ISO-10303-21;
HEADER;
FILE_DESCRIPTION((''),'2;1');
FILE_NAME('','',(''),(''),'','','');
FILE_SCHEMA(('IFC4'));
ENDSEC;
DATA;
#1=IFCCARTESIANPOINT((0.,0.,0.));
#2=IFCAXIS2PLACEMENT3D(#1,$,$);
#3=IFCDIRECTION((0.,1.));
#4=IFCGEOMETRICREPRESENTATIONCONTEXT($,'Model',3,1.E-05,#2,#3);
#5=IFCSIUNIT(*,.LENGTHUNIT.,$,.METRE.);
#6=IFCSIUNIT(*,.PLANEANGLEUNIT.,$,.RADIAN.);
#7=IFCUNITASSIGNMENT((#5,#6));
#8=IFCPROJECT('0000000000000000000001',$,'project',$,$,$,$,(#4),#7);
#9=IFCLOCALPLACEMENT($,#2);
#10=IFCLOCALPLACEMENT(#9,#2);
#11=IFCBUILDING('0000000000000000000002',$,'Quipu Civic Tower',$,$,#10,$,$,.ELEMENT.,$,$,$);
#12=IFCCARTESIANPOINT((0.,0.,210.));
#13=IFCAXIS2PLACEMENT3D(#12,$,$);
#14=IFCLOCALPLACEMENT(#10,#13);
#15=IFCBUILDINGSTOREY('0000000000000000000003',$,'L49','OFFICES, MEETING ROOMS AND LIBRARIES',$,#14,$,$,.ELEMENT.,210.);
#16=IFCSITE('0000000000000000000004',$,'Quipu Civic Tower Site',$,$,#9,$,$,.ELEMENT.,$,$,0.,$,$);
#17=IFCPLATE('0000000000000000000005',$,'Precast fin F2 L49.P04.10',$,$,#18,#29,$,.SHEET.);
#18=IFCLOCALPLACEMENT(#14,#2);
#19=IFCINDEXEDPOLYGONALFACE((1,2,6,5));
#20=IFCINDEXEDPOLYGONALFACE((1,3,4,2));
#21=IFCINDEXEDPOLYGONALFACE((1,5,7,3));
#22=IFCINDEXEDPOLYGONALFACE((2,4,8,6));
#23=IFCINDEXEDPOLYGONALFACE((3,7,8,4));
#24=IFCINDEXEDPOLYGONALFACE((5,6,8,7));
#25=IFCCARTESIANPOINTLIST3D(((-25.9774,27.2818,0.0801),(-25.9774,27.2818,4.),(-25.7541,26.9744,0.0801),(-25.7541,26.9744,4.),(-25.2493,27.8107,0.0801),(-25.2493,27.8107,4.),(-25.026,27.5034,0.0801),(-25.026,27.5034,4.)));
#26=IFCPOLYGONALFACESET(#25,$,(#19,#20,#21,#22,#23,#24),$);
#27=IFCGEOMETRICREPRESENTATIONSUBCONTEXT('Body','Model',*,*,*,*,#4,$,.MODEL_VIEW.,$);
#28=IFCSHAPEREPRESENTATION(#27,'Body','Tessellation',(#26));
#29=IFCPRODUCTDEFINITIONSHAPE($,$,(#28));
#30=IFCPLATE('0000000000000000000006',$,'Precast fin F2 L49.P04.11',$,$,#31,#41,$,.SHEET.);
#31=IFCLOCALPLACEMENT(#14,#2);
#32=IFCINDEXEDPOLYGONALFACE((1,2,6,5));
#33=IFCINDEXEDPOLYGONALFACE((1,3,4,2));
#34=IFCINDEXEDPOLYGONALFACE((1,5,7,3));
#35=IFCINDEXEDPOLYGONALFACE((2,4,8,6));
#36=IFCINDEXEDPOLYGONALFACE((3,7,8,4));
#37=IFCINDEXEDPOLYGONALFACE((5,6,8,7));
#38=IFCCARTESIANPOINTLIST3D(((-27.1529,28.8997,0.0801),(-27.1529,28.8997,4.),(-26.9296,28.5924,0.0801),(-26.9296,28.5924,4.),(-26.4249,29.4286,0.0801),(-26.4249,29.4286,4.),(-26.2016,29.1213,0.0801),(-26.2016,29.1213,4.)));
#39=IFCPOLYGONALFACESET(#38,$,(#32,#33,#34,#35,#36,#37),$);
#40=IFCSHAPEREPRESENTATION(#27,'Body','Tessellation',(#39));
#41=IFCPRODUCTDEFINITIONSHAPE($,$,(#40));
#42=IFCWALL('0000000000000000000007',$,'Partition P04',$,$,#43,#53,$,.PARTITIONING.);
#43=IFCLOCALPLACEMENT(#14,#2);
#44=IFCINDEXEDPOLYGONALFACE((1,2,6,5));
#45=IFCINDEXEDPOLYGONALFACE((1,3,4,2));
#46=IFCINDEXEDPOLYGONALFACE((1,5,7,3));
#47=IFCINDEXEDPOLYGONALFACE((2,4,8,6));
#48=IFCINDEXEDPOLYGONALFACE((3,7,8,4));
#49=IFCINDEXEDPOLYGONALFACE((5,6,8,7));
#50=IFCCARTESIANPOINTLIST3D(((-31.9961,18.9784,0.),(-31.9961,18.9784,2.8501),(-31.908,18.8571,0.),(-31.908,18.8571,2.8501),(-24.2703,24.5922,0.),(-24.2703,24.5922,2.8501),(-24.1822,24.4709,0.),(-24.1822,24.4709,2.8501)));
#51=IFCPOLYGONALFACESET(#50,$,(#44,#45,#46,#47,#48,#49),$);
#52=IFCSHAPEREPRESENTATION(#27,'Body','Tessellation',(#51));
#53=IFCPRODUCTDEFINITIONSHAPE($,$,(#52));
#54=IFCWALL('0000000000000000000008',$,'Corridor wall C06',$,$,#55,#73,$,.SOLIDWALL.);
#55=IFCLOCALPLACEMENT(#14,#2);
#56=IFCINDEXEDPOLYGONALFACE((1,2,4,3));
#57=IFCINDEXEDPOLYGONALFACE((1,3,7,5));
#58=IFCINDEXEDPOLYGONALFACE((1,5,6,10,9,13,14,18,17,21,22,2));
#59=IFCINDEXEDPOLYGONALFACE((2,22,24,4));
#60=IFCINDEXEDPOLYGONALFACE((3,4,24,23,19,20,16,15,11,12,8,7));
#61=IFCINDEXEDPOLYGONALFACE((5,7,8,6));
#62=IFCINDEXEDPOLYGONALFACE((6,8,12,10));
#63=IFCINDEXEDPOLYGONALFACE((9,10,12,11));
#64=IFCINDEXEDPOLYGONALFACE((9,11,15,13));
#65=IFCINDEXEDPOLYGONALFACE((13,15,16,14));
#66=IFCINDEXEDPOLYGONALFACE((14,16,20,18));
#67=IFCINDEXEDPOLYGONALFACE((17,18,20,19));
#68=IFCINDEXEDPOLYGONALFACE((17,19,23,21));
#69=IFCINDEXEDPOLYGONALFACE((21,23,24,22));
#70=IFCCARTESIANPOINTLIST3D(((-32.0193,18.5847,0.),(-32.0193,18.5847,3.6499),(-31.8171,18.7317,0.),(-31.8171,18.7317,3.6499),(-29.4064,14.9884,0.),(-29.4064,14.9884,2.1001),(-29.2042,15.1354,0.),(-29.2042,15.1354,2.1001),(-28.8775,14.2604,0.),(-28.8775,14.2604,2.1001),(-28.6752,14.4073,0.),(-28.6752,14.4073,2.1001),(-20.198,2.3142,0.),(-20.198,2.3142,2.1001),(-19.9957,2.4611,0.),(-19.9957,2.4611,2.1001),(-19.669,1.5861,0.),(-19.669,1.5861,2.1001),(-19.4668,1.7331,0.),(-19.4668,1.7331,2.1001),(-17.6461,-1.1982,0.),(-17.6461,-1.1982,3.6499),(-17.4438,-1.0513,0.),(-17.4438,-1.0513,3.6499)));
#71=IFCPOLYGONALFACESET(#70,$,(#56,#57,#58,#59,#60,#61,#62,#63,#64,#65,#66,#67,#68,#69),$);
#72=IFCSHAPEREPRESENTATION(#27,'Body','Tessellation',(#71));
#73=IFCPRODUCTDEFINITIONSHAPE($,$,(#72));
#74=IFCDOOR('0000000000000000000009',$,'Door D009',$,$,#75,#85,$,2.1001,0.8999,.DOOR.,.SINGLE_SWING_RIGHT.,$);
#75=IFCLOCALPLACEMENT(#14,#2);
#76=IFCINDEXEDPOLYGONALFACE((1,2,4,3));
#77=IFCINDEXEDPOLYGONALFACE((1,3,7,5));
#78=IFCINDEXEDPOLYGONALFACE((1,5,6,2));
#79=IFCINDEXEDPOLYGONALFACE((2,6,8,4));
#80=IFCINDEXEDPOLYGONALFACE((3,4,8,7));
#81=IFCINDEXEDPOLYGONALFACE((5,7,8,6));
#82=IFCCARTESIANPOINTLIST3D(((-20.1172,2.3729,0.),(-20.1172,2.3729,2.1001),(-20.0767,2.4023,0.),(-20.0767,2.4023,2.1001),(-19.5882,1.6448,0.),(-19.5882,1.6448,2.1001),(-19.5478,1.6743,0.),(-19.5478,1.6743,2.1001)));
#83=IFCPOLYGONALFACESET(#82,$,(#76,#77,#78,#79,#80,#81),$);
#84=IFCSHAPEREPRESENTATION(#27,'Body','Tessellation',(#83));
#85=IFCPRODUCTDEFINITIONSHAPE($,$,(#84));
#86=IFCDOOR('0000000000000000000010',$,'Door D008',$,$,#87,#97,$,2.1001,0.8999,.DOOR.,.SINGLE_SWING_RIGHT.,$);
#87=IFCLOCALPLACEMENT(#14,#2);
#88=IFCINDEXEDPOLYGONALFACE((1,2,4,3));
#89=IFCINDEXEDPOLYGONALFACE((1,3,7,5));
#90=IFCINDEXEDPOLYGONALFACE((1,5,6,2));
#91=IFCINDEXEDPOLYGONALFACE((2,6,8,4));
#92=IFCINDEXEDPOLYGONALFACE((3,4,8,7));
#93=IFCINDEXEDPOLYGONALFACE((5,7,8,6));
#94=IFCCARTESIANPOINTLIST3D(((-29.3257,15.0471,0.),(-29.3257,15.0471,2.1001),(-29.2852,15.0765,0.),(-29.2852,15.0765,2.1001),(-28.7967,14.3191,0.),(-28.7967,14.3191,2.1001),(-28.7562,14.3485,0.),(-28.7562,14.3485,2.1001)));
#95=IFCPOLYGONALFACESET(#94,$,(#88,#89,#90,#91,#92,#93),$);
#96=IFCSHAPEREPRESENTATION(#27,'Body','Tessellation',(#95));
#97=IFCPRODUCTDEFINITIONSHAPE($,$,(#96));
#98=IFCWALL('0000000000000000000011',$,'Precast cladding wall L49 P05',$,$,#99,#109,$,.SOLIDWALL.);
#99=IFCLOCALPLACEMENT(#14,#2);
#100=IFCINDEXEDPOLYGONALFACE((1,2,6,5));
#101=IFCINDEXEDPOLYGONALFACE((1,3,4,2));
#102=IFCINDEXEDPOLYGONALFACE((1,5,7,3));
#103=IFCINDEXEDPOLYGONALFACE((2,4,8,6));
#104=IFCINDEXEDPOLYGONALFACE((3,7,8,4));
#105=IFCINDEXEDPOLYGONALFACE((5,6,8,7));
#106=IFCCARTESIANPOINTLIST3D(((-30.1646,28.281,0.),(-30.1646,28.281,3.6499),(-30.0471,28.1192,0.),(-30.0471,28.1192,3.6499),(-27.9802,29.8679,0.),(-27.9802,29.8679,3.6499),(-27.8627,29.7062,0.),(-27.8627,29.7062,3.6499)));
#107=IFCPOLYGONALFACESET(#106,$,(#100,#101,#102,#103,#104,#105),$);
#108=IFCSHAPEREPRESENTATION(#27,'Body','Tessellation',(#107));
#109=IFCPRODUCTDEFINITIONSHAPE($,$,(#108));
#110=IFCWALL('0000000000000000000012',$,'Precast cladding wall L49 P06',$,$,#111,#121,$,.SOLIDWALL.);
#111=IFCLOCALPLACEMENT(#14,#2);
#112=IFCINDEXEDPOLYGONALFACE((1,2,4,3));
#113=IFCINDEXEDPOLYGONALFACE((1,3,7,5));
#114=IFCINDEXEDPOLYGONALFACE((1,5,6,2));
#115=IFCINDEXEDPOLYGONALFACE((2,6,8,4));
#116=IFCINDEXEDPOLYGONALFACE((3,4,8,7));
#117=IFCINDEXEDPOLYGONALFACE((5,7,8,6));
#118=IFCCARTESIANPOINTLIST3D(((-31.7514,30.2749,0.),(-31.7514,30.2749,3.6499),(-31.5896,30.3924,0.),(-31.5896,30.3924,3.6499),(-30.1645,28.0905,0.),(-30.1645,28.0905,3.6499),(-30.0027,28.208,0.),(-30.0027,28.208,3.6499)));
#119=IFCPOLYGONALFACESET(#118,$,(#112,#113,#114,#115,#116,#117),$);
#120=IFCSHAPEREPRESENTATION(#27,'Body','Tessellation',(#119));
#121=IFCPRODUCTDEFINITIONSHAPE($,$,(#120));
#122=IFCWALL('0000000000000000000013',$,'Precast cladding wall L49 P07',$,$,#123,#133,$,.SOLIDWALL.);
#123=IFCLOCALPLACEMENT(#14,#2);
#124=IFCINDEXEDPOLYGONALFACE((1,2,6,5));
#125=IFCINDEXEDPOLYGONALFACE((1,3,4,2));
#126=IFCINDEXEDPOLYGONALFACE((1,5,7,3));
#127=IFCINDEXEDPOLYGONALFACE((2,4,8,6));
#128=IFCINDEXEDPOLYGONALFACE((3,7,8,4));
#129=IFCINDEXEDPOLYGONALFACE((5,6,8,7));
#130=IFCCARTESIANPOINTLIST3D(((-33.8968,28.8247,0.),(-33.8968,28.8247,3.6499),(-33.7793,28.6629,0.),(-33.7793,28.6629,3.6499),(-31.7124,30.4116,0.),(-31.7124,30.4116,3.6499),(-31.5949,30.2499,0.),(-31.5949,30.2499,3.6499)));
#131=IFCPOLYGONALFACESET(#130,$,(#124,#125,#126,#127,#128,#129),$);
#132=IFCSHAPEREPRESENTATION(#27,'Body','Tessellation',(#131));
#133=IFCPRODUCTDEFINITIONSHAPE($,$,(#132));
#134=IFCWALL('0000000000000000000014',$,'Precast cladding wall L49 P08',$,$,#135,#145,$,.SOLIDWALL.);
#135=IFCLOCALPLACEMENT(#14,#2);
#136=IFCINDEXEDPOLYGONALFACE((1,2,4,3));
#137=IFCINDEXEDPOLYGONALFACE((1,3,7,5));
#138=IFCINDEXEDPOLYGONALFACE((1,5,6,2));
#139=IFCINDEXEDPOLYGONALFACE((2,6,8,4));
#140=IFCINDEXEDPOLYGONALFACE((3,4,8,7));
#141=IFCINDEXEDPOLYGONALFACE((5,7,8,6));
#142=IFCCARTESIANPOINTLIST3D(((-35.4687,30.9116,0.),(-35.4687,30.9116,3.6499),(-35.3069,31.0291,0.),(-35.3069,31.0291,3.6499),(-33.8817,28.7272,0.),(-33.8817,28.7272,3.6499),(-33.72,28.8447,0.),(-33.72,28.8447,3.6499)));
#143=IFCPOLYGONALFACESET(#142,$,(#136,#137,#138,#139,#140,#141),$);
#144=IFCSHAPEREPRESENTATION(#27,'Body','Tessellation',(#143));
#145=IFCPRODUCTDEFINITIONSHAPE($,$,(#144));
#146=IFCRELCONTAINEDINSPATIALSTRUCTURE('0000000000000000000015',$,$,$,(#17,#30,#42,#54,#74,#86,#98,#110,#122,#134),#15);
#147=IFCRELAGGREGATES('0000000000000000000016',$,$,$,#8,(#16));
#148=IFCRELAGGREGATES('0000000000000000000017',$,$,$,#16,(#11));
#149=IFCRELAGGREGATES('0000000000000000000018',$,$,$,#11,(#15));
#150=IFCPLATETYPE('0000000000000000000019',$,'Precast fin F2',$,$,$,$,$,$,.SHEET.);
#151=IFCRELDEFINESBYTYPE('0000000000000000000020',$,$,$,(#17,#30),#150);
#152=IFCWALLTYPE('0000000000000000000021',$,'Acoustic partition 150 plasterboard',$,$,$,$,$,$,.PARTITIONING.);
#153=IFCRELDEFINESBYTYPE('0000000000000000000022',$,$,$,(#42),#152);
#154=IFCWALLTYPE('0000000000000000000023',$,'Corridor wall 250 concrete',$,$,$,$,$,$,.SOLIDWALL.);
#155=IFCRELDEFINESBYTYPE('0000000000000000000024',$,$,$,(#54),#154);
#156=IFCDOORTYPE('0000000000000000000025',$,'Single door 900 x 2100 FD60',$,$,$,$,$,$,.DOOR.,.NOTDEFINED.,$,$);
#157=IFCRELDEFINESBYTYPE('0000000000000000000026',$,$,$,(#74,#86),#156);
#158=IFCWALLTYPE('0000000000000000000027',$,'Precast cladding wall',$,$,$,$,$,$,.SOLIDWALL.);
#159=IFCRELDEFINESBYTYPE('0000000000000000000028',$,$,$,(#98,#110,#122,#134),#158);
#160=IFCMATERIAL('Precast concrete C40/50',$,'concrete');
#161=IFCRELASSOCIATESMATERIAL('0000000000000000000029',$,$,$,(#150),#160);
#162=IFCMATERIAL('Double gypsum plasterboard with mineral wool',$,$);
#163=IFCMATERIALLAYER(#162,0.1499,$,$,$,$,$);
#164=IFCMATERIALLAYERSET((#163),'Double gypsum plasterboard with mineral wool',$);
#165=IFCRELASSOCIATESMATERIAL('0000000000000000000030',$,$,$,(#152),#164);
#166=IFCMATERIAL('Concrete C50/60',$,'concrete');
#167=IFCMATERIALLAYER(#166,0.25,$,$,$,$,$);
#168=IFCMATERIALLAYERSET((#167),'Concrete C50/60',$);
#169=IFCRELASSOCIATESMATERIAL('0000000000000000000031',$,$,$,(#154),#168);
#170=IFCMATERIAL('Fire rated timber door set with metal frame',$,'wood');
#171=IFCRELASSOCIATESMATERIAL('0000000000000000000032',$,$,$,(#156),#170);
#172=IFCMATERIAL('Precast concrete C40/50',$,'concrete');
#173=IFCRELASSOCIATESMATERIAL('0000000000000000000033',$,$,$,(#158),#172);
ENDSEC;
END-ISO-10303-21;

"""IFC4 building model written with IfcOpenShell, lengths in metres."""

from ifc_helpers import new_model, si_unit, direction, frame, frame_2d, origin, origin_2d, place, context, subcontext, project, spatial, rectangle, extrude, material, layer, layer_set, type_object, element, fill, save


model = new_model("IFC4")

# Units and contexts
model_context = context("Model", 3, precision=1e-05, world=origin(), true_north=direction((0.0, 1.0)))
body_context = subcontext(model_context, "Body", "Model", "MODEL_VIEW")
ifc_project = project(units=[si_unit("LENGTHUNIT", "METRE"), si_unit("PLANEANGLEUNIT", "RADIAN")], contexts=[model_context])

# Site, building, storey
site_placement = place(None, origin())
site = spatial("IfcSite", under=ifc_project, at=site_placement, Name="Quipu Civic Tower Site", CompositionType="ELEMENT", RefElevation=0.0)
building_placement = place(site_placement, origin())
building = spatial("IfcBuilding", under=site, at=building_placement, Name="Quipu Civic Tower", CompositionType="ELEMENT")
storey_placement = place(building_placement, frame((0.0, 0.0, 210.0)))
storey = spatial("IfcBuildingStorey", under=building, at=storey_placement, Name="L49", Description="OFFICES, MEETING ROOMS AND LIBRARIES", CompositionType="ELEMENT", Elevation=210.0)

# Plates
ifc_material_1 = material(Name="Precast concrete C40/50", Category="concrete")
plate_type_1 = type_object("IfcPlateType", Name="Precast fin F2", PredefinedType="SHEET", material=ifc_material_1)
for number, where, z_axis, x_axis, name in (
    (1, (-25.5017, 27.3926, 0.0801), (0.0, 0.0, 1.0), (-0.587787, 0.809016, 0.0), "Precast fin F2 L49.P04.10"),
    (2, (-26.6772, 29.0105, 0.0801), (0.0, 0.0, 1.0), (-0.587787, 0.809016, 0.0), "Precast fin F2 L49.P04.11"),
):
    element("IfcPlate", number, at=place(storey_placement, frame(where, z_axis=z_axis, x_axis=x_axis)), inside=storey, type_object=plate_type_1, Name=name, PredefinedType="SHEET", context=body_context, shape_type="SweptSolid", body=[
        extrude(rectangle(XDim=0.3799, YDim=0.8999, at=origin_2d()), origin(), (0.0, 0.0, 1.0), 3.9199),
    ])

# Wall
ifc_material_2 = material(Name="Double gypsum plasterboard with mineral wool")
ifc_layer_1 = layer(ifc_material_2, 0.1499)
ifc_layer_set_1 = layer_set([ifc_layer_1], Name="Double gypsum plasterboard with mineral wool")
wall_type_1 = type_object("IfcWallType", Name="Acoustic partition 150 plasterboard", PredefinedType="PARTITIONING", material=ifc_layer_set_1)
wall_1_placement = place(storey_placement, frame((-24.2263, 24.5315, 0.0), z_axis=(0.0, 0.0, 1.0), x_axis=(-0.808986, -0.587828, 0.0)))
element("IfcWall", 3, at=wall_1_placement, inside=storey, type_object=wall_type_1, Name="Partition P04", PredefinedType="PARTITIONING", context=body_context, shape_type="SweptSolid", body=[
    extrude(rectangle(XDim=9.55, YDim=0.1499, at=frame_2d((4.7749, 0.0))), origin(), (0.0, 0.0, 1.0), 2.8501),
])

# Wall, openings, doors
ifc_material_3 = material(Name="Concrete C50/60", Category="concrete")
ifc_layer_2 = layer(ifc_material_3, 0.25)
ifc_layer_set_2 = layer_set([ifc_layer_2], Name="Concrete C50/60")
wall_type_2 = type_object("IfcWallType", Name="Corridor wall 250 concrete", PredefinedType="SOLIDWALL", material=ifc_layer_set_2)
wall_2_placement = place(storey_placement, frame((-31.9182, 18.6582, 0.0), z_axis=(0.0, 0.0, 1.0), x_axis=(0.587789, -0.809014, 0.0)))
wall_2 = element("IfcWall", 4, at=wall_2_placement, inside=storey, type_object=wall_type_2, Name="Corridor wall C06", PredefinedType="SOLIDWALL", context=body_context, shape_type="SweptSolid", body=[
    extrude(rectangle(XDim=24.4531, YDim=0.25, at=frame_2d((12.2266, 0.0))), origin(), (0.0, 0.0, 1.0), 3.6499),
])
opening_1_placement = place(wall_2_placement, frame((20.1116, 0.0, 0.0)))
opening_1 = element("IfcOpeningElement", 5, at=opening_1_placement, cuts=wall_2, PredefinedType="OPENING", context=body_context, shape_type="SweptSolid", body=[
    extrude(rectangle(XDim=0.8999, YDim=2.1001, at=frame_2d((0.45, 1.05))), frame((0.0, 0.135, 0.0), z_axis=(0.0, -1.0, 0.0), x_axis=(1.0, 0.0, 0.0)), (0.0, 0.0, 1.0), 0.27),
])
opening_2_placement = place(wall_2_placement, frame((4.4453, 0.0, 0.0)))
opening_2 = element("IfcOpeningElement", 6, at=opening_2_placement, cuts=wall_2, PredefinedType="OPENING", context=body_context, shape_type="SweptSolid", body=[
    extrude(rectangle(XDim=0.8999, YDim=2.1001, at=frame_2d((0.45, 1.05))), frame((0.0, 0.135, 0.0), z_axis=(0.0, -1.0, 0.0), x_axis=(1.0, 0.0, 0.0)), (0.0, 0.0, 1.0), 0.27),
])
ifc_material_4 = material(Name="Fire rated timber door set with metal frame", Category="wood")
door_type = type_object("IfcDoorType", Name="Single door 900 x 2100 FD60", OperationType="NOTDEFINED", PredefinedType="DOOR", material=ifc_material_4)
door_1_placement = place(opening_1_placement, origin())
door_1 = element("IfcDoor", 7, at=door_1_placement, inside=storey, type_object=door_type, Name="Door D009", OperationType="SINGLE_SWING_RIGHT", OverallHeight=2.1001, OverallWidth=0.8999, PredefinedType="DOOR", context=body_context, shape_type="SweptSolid", body=[
    extrude(rectangle(XDim=0.8999, YDim=2.1001, at=frame_2d((0.45, 1.05))), frame((0.0, 0.0249, 0.0), z_axis=(0.0, -1.0, 0.0), x_axis=(1.0, 0.0, 0.0)), (0.0, 0.0, 1.0), 0.05),
])
fill(opening_1, door_1)
door_2_placement = place(opening_2_placement, origin())
door_2 = element("IfcDoor", 8, at=door_2_placement, inside=storey, type_object=door_type, Name="Door D008", OperationType="SINGLE_SWING_RIGHT", OverallHeight=2.1001, OverallWidth=0.8999, PredefinedType="DOOR", context=body_context, shape_type="SweptSolid", body=[
    extrude(rectangle(XDim=0.8999, YDim=2.1001, at=frame_2d((0.45, 1.05))), frame((0.0, 0.0249, 0.0), z_axis=(0.0, -1.0, 0.0), x_axis=(1.0, 0.0, 0.0)), (0.0, 0.0, 1.0), 0.05),
])
fill(opening_2, door_2)

# Walls
ifc_material_5 = material(Name="Precast concrete C40/50", Category="concrete")
wall_type_3 = type_object("IfcWallType", Name="Precast cladding wall", PredefinedType="SOLIDWALL", material=ifc_material_5)
for number, where, z_axis, x_axis, name in (
    (9, (-27.9214, 29.7871, 0.0), (0.0, 0.0, 1.0), (-0.809033, -0.587763, 0.0), "Precast cladding wall L49 P05"),
    (10, (-30.0835, 28.1492, 0.0), (0.0, 0.0, 1.0), (-0.587763, 0.809033, 0.0), "Precast cladding wall L49 P06"),
    (11, (-31.6536, 30.3308, 0.0), (0.0, 0.0, 1.0), (-0.809033, -0.587763, 0.0), "Precast cladding wall L49 P07"),
    (12, (-33.8008, 28.7859, 0.0), (0.0, 0.0, 1.0), (-0.587763, 0.809033, 0.0), "Precast cladding wall L49 P08"),
):
    element("IfcWall", number, at=place(storey_placement, frame(where, z_axis=z_axis, x_axis=x_axis)), inside=storey, type_object=wall_type_3, Name=name, PredefinedType="SOLIDWALL", context=body_context, shape_type="SweptSolid", body=[
        extrude(rectangle(XDim=2.7, YDim=0.2, at=frame_2d((1.3501, 0.0))), origin(), (0.0, 0.0, 1.0), 3.6499),
    ])

save(model, "model.ifc")
